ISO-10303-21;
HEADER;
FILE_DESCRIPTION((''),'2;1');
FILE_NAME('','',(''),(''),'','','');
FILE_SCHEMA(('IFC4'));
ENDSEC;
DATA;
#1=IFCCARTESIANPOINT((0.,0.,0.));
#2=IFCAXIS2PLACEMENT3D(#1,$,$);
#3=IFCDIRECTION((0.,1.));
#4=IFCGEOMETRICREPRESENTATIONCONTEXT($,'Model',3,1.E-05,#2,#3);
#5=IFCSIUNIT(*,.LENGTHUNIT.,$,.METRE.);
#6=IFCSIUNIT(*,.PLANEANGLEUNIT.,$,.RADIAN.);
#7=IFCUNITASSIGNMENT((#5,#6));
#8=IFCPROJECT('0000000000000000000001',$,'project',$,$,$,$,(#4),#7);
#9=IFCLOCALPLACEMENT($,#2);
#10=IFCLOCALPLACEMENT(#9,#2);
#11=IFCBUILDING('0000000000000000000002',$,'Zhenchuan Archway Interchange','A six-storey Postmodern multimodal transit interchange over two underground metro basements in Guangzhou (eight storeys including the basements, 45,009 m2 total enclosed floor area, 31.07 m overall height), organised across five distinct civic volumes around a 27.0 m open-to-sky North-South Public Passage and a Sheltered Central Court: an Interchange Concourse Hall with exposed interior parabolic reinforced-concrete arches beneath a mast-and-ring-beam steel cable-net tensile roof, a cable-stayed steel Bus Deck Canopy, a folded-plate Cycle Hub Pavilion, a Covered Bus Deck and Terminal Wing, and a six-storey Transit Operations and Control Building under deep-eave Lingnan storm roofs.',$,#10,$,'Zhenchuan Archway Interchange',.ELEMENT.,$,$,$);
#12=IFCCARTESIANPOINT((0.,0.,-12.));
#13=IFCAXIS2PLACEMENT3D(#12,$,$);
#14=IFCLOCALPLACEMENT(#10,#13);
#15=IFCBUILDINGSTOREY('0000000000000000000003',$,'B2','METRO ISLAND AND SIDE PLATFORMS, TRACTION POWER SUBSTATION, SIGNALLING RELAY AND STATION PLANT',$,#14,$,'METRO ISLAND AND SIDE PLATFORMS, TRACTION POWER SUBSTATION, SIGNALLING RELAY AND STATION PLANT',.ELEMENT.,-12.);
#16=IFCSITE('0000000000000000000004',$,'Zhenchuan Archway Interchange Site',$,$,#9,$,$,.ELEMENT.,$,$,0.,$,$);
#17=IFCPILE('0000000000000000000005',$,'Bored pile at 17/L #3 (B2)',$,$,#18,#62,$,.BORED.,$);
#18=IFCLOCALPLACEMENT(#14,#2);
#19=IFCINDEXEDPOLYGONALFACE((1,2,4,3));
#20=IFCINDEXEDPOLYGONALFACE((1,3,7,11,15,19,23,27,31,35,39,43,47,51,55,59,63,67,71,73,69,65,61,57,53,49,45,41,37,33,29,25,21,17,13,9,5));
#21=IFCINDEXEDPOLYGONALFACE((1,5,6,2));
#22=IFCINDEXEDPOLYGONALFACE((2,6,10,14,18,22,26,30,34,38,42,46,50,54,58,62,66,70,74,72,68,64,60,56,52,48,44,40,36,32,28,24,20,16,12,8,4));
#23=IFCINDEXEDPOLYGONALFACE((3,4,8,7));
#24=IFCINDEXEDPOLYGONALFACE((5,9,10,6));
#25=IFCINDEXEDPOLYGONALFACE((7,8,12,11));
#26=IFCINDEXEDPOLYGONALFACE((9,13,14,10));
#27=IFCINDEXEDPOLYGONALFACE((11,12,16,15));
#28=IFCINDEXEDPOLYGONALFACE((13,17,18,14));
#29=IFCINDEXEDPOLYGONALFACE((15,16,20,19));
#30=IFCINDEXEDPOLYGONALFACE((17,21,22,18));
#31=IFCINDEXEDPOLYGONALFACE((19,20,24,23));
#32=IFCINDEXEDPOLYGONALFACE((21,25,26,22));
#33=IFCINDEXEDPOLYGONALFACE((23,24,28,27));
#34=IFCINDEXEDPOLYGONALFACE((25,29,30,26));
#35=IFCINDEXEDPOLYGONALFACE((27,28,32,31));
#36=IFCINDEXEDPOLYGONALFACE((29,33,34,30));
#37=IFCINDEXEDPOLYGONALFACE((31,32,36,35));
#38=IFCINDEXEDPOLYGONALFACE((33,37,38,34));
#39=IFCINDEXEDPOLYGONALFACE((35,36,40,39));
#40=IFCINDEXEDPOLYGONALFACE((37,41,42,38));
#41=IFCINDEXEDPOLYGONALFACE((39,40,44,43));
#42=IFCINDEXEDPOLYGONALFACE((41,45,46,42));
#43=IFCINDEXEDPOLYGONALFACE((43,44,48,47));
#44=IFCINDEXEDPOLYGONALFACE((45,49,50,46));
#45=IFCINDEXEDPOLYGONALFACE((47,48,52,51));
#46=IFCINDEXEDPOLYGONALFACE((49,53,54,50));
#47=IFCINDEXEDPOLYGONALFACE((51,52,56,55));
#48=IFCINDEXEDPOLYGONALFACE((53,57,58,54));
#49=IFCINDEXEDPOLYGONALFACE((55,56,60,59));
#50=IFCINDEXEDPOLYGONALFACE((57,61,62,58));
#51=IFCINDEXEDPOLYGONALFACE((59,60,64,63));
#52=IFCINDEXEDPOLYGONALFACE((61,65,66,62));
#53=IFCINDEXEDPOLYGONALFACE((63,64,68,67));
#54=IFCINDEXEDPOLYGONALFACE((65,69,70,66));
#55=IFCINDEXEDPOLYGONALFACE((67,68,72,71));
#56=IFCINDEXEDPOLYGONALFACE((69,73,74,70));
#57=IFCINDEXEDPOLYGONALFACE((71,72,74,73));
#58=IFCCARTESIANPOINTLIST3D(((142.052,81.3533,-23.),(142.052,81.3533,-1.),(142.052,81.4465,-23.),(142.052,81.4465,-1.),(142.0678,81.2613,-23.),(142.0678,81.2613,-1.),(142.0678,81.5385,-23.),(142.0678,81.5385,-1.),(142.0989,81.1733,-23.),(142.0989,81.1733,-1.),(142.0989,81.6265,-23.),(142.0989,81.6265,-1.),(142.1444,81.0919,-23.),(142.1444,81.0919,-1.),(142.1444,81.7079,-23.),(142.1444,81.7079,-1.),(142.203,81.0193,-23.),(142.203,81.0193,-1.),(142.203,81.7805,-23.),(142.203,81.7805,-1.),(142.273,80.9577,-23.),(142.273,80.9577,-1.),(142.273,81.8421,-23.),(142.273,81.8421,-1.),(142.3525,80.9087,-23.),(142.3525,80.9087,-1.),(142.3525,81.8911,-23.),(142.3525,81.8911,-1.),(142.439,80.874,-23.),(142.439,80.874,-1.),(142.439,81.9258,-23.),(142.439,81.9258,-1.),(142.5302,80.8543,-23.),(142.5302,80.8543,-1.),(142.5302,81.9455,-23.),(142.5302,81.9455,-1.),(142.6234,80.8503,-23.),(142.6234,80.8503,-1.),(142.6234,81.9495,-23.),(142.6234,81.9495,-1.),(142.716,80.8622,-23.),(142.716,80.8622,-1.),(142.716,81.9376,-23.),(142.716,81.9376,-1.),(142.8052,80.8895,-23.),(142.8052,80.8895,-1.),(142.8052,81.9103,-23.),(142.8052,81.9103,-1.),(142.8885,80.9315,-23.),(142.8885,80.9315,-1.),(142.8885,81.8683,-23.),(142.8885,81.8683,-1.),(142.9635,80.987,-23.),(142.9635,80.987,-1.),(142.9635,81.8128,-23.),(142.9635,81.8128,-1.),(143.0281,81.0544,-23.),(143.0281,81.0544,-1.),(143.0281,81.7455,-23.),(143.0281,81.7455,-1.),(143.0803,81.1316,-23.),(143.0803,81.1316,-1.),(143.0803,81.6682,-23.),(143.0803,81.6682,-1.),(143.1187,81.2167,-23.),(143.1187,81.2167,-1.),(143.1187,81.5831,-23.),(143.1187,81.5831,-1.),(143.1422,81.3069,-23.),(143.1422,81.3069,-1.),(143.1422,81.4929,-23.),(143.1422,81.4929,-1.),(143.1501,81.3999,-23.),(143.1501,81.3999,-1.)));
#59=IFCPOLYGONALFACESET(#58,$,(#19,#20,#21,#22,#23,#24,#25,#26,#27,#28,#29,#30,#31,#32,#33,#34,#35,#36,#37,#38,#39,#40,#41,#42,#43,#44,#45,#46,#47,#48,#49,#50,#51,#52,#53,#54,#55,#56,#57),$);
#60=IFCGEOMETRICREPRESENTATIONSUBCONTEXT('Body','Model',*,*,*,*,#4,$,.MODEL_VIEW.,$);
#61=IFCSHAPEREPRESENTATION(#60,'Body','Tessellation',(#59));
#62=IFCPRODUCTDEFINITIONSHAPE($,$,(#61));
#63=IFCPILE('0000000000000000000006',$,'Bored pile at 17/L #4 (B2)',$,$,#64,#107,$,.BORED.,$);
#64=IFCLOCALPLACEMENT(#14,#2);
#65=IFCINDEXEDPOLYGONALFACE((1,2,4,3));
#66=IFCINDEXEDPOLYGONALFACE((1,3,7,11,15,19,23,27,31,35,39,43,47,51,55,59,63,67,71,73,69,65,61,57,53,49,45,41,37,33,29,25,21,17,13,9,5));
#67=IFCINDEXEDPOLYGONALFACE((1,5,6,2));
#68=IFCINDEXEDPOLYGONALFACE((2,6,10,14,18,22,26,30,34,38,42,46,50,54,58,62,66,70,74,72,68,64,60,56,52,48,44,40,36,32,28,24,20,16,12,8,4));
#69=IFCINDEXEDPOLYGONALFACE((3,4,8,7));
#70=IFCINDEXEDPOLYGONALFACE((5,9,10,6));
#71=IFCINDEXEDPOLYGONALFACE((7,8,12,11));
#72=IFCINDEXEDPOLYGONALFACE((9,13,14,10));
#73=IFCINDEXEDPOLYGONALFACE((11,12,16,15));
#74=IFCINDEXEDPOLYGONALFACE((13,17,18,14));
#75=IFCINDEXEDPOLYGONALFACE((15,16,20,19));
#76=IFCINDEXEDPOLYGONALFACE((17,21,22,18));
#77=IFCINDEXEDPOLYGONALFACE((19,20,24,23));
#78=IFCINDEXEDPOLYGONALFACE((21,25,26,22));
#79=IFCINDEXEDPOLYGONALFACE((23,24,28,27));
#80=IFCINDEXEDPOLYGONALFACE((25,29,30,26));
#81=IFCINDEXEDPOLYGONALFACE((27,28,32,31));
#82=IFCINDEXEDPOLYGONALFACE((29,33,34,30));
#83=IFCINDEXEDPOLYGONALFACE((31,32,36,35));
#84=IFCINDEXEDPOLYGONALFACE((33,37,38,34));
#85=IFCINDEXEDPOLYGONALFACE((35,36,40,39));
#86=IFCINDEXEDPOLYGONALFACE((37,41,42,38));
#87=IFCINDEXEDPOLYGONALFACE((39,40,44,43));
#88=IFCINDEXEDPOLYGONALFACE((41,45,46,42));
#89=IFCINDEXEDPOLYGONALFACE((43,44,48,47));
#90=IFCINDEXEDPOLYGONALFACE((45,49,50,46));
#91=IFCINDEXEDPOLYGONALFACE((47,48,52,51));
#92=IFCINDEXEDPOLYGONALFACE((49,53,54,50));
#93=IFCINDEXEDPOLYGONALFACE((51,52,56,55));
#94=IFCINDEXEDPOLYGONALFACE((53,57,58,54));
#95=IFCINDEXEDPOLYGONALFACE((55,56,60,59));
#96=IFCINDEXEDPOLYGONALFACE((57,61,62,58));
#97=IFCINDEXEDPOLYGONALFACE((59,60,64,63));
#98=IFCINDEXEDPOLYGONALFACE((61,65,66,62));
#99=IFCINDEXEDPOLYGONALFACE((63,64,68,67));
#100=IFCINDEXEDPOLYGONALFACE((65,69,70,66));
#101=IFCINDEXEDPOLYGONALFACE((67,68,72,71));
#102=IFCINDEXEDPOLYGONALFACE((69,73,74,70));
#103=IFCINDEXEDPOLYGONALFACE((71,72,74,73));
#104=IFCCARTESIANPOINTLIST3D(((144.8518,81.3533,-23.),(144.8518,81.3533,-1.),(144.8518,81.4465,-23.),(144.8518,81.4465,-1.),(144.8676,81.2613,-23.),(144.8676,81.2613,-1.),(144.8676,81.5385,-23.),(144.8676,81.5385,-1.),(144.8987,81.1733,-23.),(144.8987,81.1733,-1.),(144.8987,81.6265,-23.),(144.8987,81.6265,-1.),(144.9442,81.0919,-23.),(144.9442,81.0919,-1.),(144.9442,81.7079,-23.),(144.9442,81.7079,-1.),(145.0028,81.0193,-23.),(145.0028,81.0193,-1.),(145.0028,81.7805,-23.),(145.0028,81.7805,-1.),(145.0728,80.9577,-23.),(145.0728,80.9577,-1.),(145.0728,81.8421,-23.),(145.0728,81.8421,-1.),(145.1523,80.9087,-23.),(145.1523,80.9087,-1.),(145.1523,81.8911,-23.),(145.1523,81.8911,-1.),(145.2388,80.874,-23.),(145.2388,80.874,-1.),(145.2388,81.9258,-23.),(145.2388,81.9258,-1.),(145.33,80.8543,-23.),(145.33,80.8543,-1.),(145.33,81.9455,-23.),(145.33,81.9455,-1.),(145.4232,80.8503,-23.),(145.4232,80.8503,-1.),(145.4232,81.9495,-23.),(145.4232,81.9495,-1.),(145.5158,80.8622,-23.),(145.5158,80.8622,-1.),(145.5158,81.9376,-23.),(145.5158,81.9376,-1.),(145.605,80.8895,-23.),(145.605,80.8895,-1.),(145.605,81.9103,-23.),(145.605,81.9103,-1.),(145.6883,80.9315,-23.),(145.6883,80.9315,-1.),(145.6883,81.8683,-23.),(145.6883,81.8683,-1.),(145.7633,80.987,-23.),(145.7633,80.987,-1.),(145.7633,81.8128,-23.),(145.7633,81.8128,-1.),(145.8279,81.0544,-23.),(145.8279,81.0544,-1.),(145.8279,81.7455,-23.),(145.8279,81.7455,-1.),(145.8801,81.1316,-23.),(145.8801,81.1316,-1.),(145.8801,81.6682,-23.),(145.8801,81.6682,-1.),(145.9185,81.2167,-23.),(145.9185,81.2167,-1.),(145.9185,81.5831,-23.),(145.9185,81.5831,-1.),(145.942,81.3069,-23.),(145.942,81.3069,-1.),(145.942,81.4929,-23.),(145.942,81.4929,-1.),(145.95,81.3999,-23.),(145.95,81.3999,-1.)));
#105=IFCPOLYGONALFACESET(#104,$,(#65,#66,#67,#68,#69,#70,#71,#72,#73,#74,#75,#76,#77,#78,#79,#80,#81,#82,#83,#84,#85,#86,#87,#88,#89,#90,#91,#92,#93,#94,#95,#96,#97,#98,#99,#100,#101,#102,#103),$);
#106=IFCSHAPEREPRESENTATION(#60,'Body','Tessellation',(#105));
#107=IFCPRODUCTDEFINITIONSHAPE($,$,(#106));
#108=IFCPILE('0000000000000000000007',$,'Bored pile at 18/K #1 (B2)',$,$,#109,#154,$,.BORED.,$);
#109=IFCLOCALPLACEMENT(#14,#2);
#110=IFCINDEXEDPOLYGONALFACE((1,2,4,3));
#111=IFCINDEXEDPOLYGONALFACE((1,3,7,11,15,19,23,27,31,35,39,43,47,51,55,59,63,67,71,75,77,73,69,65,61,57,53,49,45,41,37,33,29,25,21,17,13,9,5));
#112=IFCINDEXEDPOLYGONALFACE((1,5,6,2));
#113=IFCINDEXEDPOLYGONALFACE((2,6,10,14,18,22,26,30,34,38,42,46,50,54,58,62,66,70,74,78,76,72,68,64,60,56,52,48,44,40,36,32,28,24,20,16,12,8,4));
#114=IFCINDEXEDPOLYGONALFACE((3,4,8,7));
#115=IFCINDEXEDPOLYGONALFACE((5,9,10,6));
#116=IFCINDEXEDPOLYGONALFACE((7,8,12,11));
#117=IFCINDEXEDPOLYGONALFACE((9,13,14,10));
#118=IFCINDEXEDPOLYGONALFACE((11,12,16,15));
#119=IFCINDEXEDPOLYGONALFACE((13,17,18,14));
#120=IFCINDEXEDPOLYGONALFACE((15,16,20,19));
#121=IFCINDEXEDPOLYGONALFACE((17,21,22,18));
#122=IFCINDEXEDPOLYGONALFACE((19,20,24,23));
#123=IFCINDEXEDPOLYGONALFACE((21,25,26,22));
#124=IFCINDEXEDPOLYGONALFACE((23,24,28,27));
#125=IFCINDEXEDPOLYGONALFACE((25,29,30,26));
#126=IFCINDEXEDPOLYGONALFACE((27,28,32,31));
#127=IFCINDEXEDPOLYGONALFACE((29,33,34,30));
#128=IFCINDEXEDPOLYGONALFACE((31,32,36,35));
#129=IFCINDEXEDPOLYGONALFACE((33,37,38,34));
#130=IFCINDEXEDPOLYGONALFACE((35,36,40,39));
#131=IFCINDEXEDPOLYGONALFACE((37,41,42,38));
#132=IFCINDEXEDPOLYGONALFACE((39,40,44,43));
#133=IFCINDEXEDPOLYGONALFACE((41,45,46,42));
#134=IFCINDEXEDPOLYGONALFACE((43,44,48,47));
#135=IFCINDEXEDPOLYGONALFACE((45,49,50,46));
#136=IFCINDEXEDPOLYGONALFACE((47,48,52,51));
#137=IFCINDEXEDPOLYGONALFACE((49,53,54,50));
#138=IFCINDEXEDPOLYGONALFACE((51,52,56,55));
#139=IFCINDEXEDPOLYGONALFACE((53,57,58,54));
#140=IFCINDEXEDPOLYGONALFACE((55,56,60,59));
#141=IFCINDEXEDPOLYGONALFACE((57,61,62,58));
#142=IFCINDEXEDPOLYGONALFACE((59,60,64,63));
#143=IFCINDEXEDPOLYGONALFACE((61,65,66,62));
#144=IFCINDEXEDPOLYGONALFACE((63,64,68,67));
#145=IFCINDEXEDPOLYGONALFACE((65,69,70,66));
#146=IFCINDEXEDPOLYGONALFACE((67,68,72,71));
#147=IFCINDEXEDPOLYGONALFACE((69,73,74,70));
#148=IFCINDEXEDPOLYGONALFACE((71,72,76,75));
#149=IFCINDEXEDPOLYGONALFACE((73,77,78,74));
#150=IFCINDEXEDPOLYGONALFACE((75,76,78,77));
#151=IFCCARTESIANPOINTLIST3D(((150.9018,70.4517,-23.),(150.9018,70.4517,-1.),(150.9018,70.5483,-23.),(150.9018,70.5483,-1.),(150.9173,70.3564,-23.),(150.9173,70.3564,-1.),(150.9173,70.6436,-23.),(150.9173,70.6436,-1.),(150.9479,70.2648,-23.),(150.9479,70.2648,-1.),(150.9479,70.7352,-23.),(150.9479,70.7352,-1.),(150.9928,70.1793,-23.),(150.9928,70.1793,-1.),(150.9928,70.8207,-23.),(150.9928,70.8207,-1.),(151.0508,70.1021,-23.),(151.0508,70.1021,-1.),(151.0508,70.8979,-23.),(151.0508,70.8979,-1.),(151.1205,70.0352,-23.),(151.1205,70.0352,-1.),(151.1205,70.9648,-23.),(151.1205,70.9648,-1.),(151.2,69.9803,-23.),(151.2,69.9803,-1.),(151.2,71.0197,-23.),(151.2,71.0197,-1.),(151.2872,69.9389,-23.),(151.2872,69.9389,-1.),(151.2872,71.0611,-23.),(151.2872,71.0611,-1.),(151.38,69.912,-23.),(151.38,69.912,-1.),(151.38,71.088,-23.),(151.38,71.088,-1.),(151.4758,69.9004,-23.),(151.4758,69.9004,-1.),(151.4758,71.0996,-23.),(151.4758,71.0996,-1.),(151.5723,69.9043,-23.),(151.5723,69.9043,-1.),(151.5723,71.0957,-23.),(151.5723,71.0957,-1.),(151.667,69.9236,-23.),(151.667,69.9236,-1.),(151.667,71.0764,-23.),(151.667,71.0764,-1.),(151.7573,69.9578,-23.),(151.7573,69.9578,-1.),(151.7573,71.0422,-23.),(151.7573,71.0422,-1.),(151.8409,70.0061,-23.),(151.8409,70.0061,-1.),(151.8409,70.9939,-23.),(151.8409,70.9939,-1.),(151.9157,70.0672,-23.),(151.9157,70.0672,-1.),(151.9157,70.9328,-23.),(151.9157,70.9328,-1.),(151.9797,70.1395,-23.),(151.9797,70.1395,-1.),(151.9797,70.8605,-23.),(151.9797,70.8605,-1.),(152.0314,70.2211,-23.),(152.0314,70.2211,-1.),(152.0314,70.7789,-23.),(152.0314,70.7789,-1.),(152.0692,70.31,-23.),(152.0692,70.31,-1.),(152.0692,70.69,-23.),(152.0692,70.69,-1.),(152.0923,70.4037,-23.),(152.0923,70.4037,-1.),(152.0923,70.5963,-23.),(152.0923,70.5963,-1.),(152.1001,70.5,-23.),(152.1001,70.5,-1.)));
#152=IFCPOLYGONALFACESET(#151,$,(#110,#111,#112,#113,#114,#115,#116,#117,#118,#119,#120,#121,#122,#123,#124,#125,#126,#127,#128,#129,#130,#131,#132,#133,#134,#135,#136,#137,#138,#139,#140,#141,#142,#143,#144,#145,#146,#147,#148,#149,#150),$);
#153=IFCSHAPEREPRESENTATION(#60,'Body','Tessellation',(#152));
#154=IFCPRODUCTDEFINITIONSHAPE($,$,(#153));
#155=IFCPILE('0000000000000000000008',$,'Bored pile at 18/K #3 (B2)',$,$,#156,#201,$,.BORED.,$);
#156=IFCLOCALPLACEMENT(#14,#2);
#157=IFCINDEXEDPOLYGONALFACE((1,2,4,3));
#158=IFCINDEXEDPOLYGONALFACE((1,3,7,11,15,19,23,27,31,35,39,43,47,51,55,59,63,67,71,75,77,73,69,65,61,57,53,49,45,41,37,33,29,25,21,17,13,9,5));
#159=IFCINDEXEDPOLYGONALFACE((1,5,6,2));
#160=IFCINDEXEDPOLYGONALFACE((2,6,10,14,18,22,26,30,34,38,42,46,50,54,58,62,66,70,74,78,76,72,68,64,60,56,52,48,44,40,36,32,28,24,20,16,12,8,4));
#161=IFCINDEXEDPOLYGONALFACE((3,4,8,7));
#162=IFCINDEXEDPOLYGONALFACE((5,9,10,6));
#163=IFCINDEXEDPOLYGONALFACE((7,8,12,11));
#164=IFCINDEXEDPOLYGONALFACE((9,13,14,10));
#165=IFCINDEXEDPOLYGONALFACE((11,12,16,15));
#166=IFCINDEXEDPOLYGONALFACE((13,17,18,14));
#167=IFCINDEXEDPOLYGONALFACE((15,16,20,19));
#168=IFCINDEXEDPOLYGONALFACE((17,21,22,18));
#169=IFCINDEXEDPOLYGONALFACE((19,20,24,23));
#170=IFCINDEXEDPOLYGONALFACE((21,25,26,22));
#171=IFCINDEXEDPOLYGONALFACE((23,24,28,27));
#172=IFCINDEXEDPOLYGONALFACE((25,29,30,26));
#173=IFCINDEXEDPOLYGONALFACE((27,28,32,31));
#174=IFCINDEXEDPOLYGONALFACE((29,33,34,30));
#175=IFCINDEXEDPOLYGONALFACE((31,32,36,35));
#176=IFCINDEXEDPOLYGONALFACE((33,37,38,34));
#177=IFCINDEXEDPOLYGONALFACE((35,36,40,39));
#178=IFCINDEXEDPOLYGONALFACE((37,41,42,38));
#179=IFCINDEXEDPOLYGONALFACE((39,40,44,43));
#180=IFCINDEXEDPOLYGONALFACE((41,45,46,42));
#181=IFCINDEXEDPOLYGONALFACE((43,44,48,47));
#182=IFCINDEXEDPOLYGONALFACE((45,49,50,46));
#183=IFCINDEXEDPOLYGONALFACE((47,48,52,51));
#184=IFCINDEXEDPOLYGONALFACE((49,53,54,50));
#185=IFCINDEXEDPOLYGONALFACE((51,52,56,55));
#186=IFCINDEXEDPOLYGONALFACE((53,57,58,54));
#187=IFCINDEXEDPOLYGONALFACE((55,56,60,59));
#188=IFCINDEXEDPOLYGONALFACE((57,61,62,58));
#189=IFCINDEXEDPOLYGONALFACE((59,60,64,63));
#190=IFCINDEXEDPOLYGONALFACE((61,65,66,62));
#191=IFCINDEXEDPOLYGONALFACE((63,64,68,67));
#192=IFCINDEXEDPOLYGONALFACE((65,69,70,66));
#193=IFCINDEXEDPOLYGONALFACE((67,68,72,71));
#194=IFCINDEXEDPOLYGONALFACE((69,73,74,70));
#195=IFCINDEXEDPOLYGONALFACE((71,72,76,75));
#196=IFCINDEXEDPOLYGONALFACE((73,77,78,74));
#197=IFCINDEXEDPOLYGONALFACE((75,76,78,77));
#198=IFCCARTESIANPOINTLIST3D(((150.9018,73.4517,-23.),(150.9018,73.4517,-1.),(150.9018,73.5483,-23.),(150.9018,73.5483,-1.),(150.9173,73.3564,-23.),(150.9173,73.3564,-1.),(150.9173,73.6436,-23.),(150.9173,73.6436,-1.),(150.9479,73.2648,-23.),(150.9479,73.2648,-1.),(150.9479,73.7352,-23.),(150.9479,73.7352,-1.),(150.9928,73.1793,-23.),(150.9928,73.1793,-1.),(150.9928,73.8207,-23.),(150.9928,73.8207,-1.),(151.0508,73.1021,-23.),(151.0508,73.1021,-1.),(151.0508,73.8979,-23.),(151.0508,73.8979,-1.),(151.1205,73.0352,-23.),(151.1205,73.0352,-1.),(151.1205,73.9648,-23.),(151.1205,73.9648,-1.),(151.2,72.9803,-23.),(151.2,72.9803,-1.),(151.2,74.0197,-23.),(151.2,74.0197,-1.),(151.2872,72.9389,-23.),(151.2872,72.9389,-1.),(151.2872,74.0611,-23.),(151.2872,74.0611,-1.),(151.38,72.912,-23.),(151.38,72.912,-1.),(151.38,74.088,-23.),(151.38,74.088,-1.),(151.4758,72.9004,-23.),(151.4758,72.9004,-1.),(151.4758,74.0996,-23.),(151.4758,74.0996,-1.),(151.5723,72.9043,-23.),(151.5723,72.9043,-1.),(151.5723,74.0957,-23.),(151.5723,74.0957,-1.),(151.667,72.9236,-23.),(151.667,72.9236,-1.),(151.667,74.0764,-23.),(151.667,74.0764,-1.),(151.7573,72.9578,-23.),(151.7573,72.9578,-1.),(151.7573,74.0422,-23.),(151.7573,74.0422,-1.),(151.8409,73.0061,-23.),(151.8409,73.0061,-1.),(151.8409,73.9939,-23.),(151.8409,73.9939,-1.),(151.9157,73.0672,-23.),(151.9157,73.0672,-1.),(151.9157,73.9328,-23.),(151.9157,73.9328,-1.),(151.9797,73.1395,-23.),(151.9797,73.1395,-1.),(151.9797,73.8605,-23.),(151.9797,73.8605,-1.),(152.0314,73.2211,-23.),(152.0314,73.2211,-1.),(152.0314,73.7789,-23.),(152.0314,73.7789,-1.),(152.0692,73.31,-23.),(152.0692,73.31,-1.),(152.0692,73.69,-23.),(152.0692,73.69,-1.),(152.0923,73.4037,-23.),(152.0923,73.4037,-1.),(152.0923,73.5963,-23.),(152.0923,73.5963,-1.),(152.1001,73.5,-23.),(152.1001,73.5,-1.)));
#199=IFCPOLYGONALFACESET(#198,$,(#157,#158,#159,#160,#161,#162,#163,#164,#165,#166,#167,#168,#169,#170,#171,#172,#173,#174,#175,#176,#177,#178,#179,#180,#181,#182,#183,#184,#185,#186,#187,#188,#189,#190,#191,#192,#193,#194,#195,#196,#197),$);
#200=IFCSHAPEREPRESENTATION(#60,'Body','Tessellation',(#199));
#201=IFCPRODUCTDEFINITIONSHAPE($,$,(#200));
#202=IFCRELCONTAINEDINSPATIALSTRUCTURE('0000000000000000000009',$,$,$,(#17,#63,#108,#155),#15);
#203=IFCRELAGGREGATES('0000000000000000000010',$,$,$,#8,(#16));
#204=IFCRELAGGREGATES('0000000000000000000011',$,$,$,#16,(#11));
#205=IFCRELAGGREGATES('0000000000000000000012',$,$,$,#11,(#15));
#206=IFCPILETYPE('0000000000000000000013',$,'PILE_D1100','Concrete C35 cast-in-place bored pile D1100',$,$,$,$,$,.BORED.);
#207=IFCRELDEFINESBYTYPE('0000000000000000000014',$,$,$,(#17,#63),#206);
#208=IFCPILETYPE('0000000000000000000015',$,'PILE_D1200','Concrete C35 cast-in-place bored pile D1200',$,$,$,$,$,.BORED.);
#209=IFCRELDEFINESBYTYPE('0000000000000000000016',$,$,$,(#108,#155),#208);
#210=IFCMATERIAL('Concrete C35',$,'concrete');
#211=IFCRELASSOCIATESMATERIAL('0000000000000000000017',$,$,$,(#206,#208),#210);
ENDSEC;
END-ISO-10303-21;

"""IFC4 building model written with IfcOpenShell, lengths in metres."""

from ifc_helpers import new_model, si_unit, direction, frame, origin, origin_2d, place, context, subcontext, project, spatial, circle, extrude, material, material_profile, profile_set, type_object, element, save


model = new_model("IFC4")

# Units and contexts
model_context = context("Model", 3, precision=1e-05, world=origin(), true_north=direction((0.0, 1.0)))
body_context = subcontext(model_context, "Body", "Model", "MODEL_VIEW")
ifc_project = project(units=[si_unit("LENGTHUNIT", "METRE"), si_unit("PLANEANGLEUNIT", "RADIAN")], contexts=[model_context])

# Site, building, storey
site_placement = place(None, origin())
site = spatial("IfcSite", under=ifc_project, at=site_placement, Name="Zhenchuan Archway Interchange Site", CompositionType="ELEMENT", RefElevation=0.0)
building_placement = place(site_placement, origin())
building = spatial("IfcBuilding", under=site, at=building_placement, Name="Zhenchuan Archway Interchange", Description="A six-storey Postmodern multimodal transit interchange over two underground metro basements in Guangzhou (eight storeys including the basements, 45,009 m2 total enclosed floor area, 31.07 m overall height), organised across five distinct civic volumes around a 27.0 m open-to-sky North-South Public Passage and a Sheltered Central Court: an Interchange Concourse Hall with exposed interior parabolic reinforced-concrete arches beneath a mast-and-ring-beam steel cable-net tensile roof, a cable-stayed steel Bus Deck Canopy, a folded-plate Cycle Hub Pavilion, a Covered Bus Deck and Terminal Wing, and a six-storey Transit Operations and Control Building under deep-eave Lingnan storm roofs.", LongName="Zhenchuan Archway Interchange", CompositionType="ELEMENT")
storey_placement = place(building_placement, frame((0.0, 0.0, -12.0)))
storey = spatial("IfcBuildingStorey", under=building, at=storey_placement, Name="B2", Description="METRO ISLAND AND SIDE PLATFORMS, TRACTION POWER SUBSTATION, SIGNALLING RELAY AND STATION PLANT", LongName="METRO ISLAND AND SIDE PLATFORMS, TRACTION POWER SUBSTATION, SIGNALLING RELAY AND STATION PLANT", CompositionType="ELEMENT", Elevation=-12.0)

# Piles
ifc_material_1 = material(Name="Concrete C35", Category="concrete")
ifc_material_profile_1 = material_profile(ifc_material_1, circle(Radius=0.55, at=origin_2d()), Name="BORED PILE 1100")
ifc_profile_set_1 = profile_set([ifc_material_profile_1], Name="Concrete C35")
pile_type_1 = type_object("IfcPileType", Name="PILE_D1100", Description="Concrete C35 cast-in-place bored pile D1100", PredefinedType="BORED", material=ifc_profile_set_1)
for number, where, z_axis, x_axis, name in (
    (1, (142.6001, 81.3999, -1.0), (0.0, 0.0, -1.0), (1.0, 0.0, 0.0), "Bored pile at 17/L #3 (B2)"),
    (2, (145.3999, 81.3999, -1.0), (0.0, 0.0, -1.0), (1.0, 0.0, 0.0), "Bored pile at 17/L #4 (B2)"),
):
    element("IfcPile", number, at=place(storey_placement, frame(where, z_axis=z_axis, x_axis=x_axis)), inside=storey, type_object=pile_type_1, Name=name, PredefinedType="BORED", context=body_context, shape_type="SweptSolid", body=[
        extrude(circle(Radius=0.55, at=origin_2d()), origin(), (0.0, 0.0, 1.0), 22.0),
    ])
ifc_material_profile_2 = material_profile(ifc_material_1, circle(Radius=0.6001, at=origin_2d()), Name="BORED PILE 1200")
ifc_profile_set_2 = profile_set([ifc_material_profile_2], Name="Concrete C35")
pile_type_2 = type_object("IfcPileType", Name="PILE_D1200", Description="Concrete C35 cast-in-place bored pile D1200", PredefinedType="BORED", material=ifc_profile_set_2)
for number, where, z_axis, x_axis, name in (
    (3, (151.5, 70.5, -1.0), (0.0, 0.0, -1.0), (1.0, 0.0, 0.0), "Bored pile at 18/K #1 (B2)"),
    (4, (151.5, 73.5, -1.0), (0.0, 0.0, -1.0), (1.0, 0.0, 0.0), "Bored pile at 18/K #3 (B2)"),
):
    element("IfcPile", number, at=place(storey_placement, frame(where, z_axis=z_axis, x_axis=x_axis)), inside=storey, type_object=pile_type_2, Name=name, PredefinedType="BORED", context=body_context, shape_type="SweptSolid", body=[
        extrude(circle(Radius=0.6001, at=origin_2d()), origin(), (0.0, 0.0, 1.0), 22.0),
    ])

save(model, "model.ifc")
